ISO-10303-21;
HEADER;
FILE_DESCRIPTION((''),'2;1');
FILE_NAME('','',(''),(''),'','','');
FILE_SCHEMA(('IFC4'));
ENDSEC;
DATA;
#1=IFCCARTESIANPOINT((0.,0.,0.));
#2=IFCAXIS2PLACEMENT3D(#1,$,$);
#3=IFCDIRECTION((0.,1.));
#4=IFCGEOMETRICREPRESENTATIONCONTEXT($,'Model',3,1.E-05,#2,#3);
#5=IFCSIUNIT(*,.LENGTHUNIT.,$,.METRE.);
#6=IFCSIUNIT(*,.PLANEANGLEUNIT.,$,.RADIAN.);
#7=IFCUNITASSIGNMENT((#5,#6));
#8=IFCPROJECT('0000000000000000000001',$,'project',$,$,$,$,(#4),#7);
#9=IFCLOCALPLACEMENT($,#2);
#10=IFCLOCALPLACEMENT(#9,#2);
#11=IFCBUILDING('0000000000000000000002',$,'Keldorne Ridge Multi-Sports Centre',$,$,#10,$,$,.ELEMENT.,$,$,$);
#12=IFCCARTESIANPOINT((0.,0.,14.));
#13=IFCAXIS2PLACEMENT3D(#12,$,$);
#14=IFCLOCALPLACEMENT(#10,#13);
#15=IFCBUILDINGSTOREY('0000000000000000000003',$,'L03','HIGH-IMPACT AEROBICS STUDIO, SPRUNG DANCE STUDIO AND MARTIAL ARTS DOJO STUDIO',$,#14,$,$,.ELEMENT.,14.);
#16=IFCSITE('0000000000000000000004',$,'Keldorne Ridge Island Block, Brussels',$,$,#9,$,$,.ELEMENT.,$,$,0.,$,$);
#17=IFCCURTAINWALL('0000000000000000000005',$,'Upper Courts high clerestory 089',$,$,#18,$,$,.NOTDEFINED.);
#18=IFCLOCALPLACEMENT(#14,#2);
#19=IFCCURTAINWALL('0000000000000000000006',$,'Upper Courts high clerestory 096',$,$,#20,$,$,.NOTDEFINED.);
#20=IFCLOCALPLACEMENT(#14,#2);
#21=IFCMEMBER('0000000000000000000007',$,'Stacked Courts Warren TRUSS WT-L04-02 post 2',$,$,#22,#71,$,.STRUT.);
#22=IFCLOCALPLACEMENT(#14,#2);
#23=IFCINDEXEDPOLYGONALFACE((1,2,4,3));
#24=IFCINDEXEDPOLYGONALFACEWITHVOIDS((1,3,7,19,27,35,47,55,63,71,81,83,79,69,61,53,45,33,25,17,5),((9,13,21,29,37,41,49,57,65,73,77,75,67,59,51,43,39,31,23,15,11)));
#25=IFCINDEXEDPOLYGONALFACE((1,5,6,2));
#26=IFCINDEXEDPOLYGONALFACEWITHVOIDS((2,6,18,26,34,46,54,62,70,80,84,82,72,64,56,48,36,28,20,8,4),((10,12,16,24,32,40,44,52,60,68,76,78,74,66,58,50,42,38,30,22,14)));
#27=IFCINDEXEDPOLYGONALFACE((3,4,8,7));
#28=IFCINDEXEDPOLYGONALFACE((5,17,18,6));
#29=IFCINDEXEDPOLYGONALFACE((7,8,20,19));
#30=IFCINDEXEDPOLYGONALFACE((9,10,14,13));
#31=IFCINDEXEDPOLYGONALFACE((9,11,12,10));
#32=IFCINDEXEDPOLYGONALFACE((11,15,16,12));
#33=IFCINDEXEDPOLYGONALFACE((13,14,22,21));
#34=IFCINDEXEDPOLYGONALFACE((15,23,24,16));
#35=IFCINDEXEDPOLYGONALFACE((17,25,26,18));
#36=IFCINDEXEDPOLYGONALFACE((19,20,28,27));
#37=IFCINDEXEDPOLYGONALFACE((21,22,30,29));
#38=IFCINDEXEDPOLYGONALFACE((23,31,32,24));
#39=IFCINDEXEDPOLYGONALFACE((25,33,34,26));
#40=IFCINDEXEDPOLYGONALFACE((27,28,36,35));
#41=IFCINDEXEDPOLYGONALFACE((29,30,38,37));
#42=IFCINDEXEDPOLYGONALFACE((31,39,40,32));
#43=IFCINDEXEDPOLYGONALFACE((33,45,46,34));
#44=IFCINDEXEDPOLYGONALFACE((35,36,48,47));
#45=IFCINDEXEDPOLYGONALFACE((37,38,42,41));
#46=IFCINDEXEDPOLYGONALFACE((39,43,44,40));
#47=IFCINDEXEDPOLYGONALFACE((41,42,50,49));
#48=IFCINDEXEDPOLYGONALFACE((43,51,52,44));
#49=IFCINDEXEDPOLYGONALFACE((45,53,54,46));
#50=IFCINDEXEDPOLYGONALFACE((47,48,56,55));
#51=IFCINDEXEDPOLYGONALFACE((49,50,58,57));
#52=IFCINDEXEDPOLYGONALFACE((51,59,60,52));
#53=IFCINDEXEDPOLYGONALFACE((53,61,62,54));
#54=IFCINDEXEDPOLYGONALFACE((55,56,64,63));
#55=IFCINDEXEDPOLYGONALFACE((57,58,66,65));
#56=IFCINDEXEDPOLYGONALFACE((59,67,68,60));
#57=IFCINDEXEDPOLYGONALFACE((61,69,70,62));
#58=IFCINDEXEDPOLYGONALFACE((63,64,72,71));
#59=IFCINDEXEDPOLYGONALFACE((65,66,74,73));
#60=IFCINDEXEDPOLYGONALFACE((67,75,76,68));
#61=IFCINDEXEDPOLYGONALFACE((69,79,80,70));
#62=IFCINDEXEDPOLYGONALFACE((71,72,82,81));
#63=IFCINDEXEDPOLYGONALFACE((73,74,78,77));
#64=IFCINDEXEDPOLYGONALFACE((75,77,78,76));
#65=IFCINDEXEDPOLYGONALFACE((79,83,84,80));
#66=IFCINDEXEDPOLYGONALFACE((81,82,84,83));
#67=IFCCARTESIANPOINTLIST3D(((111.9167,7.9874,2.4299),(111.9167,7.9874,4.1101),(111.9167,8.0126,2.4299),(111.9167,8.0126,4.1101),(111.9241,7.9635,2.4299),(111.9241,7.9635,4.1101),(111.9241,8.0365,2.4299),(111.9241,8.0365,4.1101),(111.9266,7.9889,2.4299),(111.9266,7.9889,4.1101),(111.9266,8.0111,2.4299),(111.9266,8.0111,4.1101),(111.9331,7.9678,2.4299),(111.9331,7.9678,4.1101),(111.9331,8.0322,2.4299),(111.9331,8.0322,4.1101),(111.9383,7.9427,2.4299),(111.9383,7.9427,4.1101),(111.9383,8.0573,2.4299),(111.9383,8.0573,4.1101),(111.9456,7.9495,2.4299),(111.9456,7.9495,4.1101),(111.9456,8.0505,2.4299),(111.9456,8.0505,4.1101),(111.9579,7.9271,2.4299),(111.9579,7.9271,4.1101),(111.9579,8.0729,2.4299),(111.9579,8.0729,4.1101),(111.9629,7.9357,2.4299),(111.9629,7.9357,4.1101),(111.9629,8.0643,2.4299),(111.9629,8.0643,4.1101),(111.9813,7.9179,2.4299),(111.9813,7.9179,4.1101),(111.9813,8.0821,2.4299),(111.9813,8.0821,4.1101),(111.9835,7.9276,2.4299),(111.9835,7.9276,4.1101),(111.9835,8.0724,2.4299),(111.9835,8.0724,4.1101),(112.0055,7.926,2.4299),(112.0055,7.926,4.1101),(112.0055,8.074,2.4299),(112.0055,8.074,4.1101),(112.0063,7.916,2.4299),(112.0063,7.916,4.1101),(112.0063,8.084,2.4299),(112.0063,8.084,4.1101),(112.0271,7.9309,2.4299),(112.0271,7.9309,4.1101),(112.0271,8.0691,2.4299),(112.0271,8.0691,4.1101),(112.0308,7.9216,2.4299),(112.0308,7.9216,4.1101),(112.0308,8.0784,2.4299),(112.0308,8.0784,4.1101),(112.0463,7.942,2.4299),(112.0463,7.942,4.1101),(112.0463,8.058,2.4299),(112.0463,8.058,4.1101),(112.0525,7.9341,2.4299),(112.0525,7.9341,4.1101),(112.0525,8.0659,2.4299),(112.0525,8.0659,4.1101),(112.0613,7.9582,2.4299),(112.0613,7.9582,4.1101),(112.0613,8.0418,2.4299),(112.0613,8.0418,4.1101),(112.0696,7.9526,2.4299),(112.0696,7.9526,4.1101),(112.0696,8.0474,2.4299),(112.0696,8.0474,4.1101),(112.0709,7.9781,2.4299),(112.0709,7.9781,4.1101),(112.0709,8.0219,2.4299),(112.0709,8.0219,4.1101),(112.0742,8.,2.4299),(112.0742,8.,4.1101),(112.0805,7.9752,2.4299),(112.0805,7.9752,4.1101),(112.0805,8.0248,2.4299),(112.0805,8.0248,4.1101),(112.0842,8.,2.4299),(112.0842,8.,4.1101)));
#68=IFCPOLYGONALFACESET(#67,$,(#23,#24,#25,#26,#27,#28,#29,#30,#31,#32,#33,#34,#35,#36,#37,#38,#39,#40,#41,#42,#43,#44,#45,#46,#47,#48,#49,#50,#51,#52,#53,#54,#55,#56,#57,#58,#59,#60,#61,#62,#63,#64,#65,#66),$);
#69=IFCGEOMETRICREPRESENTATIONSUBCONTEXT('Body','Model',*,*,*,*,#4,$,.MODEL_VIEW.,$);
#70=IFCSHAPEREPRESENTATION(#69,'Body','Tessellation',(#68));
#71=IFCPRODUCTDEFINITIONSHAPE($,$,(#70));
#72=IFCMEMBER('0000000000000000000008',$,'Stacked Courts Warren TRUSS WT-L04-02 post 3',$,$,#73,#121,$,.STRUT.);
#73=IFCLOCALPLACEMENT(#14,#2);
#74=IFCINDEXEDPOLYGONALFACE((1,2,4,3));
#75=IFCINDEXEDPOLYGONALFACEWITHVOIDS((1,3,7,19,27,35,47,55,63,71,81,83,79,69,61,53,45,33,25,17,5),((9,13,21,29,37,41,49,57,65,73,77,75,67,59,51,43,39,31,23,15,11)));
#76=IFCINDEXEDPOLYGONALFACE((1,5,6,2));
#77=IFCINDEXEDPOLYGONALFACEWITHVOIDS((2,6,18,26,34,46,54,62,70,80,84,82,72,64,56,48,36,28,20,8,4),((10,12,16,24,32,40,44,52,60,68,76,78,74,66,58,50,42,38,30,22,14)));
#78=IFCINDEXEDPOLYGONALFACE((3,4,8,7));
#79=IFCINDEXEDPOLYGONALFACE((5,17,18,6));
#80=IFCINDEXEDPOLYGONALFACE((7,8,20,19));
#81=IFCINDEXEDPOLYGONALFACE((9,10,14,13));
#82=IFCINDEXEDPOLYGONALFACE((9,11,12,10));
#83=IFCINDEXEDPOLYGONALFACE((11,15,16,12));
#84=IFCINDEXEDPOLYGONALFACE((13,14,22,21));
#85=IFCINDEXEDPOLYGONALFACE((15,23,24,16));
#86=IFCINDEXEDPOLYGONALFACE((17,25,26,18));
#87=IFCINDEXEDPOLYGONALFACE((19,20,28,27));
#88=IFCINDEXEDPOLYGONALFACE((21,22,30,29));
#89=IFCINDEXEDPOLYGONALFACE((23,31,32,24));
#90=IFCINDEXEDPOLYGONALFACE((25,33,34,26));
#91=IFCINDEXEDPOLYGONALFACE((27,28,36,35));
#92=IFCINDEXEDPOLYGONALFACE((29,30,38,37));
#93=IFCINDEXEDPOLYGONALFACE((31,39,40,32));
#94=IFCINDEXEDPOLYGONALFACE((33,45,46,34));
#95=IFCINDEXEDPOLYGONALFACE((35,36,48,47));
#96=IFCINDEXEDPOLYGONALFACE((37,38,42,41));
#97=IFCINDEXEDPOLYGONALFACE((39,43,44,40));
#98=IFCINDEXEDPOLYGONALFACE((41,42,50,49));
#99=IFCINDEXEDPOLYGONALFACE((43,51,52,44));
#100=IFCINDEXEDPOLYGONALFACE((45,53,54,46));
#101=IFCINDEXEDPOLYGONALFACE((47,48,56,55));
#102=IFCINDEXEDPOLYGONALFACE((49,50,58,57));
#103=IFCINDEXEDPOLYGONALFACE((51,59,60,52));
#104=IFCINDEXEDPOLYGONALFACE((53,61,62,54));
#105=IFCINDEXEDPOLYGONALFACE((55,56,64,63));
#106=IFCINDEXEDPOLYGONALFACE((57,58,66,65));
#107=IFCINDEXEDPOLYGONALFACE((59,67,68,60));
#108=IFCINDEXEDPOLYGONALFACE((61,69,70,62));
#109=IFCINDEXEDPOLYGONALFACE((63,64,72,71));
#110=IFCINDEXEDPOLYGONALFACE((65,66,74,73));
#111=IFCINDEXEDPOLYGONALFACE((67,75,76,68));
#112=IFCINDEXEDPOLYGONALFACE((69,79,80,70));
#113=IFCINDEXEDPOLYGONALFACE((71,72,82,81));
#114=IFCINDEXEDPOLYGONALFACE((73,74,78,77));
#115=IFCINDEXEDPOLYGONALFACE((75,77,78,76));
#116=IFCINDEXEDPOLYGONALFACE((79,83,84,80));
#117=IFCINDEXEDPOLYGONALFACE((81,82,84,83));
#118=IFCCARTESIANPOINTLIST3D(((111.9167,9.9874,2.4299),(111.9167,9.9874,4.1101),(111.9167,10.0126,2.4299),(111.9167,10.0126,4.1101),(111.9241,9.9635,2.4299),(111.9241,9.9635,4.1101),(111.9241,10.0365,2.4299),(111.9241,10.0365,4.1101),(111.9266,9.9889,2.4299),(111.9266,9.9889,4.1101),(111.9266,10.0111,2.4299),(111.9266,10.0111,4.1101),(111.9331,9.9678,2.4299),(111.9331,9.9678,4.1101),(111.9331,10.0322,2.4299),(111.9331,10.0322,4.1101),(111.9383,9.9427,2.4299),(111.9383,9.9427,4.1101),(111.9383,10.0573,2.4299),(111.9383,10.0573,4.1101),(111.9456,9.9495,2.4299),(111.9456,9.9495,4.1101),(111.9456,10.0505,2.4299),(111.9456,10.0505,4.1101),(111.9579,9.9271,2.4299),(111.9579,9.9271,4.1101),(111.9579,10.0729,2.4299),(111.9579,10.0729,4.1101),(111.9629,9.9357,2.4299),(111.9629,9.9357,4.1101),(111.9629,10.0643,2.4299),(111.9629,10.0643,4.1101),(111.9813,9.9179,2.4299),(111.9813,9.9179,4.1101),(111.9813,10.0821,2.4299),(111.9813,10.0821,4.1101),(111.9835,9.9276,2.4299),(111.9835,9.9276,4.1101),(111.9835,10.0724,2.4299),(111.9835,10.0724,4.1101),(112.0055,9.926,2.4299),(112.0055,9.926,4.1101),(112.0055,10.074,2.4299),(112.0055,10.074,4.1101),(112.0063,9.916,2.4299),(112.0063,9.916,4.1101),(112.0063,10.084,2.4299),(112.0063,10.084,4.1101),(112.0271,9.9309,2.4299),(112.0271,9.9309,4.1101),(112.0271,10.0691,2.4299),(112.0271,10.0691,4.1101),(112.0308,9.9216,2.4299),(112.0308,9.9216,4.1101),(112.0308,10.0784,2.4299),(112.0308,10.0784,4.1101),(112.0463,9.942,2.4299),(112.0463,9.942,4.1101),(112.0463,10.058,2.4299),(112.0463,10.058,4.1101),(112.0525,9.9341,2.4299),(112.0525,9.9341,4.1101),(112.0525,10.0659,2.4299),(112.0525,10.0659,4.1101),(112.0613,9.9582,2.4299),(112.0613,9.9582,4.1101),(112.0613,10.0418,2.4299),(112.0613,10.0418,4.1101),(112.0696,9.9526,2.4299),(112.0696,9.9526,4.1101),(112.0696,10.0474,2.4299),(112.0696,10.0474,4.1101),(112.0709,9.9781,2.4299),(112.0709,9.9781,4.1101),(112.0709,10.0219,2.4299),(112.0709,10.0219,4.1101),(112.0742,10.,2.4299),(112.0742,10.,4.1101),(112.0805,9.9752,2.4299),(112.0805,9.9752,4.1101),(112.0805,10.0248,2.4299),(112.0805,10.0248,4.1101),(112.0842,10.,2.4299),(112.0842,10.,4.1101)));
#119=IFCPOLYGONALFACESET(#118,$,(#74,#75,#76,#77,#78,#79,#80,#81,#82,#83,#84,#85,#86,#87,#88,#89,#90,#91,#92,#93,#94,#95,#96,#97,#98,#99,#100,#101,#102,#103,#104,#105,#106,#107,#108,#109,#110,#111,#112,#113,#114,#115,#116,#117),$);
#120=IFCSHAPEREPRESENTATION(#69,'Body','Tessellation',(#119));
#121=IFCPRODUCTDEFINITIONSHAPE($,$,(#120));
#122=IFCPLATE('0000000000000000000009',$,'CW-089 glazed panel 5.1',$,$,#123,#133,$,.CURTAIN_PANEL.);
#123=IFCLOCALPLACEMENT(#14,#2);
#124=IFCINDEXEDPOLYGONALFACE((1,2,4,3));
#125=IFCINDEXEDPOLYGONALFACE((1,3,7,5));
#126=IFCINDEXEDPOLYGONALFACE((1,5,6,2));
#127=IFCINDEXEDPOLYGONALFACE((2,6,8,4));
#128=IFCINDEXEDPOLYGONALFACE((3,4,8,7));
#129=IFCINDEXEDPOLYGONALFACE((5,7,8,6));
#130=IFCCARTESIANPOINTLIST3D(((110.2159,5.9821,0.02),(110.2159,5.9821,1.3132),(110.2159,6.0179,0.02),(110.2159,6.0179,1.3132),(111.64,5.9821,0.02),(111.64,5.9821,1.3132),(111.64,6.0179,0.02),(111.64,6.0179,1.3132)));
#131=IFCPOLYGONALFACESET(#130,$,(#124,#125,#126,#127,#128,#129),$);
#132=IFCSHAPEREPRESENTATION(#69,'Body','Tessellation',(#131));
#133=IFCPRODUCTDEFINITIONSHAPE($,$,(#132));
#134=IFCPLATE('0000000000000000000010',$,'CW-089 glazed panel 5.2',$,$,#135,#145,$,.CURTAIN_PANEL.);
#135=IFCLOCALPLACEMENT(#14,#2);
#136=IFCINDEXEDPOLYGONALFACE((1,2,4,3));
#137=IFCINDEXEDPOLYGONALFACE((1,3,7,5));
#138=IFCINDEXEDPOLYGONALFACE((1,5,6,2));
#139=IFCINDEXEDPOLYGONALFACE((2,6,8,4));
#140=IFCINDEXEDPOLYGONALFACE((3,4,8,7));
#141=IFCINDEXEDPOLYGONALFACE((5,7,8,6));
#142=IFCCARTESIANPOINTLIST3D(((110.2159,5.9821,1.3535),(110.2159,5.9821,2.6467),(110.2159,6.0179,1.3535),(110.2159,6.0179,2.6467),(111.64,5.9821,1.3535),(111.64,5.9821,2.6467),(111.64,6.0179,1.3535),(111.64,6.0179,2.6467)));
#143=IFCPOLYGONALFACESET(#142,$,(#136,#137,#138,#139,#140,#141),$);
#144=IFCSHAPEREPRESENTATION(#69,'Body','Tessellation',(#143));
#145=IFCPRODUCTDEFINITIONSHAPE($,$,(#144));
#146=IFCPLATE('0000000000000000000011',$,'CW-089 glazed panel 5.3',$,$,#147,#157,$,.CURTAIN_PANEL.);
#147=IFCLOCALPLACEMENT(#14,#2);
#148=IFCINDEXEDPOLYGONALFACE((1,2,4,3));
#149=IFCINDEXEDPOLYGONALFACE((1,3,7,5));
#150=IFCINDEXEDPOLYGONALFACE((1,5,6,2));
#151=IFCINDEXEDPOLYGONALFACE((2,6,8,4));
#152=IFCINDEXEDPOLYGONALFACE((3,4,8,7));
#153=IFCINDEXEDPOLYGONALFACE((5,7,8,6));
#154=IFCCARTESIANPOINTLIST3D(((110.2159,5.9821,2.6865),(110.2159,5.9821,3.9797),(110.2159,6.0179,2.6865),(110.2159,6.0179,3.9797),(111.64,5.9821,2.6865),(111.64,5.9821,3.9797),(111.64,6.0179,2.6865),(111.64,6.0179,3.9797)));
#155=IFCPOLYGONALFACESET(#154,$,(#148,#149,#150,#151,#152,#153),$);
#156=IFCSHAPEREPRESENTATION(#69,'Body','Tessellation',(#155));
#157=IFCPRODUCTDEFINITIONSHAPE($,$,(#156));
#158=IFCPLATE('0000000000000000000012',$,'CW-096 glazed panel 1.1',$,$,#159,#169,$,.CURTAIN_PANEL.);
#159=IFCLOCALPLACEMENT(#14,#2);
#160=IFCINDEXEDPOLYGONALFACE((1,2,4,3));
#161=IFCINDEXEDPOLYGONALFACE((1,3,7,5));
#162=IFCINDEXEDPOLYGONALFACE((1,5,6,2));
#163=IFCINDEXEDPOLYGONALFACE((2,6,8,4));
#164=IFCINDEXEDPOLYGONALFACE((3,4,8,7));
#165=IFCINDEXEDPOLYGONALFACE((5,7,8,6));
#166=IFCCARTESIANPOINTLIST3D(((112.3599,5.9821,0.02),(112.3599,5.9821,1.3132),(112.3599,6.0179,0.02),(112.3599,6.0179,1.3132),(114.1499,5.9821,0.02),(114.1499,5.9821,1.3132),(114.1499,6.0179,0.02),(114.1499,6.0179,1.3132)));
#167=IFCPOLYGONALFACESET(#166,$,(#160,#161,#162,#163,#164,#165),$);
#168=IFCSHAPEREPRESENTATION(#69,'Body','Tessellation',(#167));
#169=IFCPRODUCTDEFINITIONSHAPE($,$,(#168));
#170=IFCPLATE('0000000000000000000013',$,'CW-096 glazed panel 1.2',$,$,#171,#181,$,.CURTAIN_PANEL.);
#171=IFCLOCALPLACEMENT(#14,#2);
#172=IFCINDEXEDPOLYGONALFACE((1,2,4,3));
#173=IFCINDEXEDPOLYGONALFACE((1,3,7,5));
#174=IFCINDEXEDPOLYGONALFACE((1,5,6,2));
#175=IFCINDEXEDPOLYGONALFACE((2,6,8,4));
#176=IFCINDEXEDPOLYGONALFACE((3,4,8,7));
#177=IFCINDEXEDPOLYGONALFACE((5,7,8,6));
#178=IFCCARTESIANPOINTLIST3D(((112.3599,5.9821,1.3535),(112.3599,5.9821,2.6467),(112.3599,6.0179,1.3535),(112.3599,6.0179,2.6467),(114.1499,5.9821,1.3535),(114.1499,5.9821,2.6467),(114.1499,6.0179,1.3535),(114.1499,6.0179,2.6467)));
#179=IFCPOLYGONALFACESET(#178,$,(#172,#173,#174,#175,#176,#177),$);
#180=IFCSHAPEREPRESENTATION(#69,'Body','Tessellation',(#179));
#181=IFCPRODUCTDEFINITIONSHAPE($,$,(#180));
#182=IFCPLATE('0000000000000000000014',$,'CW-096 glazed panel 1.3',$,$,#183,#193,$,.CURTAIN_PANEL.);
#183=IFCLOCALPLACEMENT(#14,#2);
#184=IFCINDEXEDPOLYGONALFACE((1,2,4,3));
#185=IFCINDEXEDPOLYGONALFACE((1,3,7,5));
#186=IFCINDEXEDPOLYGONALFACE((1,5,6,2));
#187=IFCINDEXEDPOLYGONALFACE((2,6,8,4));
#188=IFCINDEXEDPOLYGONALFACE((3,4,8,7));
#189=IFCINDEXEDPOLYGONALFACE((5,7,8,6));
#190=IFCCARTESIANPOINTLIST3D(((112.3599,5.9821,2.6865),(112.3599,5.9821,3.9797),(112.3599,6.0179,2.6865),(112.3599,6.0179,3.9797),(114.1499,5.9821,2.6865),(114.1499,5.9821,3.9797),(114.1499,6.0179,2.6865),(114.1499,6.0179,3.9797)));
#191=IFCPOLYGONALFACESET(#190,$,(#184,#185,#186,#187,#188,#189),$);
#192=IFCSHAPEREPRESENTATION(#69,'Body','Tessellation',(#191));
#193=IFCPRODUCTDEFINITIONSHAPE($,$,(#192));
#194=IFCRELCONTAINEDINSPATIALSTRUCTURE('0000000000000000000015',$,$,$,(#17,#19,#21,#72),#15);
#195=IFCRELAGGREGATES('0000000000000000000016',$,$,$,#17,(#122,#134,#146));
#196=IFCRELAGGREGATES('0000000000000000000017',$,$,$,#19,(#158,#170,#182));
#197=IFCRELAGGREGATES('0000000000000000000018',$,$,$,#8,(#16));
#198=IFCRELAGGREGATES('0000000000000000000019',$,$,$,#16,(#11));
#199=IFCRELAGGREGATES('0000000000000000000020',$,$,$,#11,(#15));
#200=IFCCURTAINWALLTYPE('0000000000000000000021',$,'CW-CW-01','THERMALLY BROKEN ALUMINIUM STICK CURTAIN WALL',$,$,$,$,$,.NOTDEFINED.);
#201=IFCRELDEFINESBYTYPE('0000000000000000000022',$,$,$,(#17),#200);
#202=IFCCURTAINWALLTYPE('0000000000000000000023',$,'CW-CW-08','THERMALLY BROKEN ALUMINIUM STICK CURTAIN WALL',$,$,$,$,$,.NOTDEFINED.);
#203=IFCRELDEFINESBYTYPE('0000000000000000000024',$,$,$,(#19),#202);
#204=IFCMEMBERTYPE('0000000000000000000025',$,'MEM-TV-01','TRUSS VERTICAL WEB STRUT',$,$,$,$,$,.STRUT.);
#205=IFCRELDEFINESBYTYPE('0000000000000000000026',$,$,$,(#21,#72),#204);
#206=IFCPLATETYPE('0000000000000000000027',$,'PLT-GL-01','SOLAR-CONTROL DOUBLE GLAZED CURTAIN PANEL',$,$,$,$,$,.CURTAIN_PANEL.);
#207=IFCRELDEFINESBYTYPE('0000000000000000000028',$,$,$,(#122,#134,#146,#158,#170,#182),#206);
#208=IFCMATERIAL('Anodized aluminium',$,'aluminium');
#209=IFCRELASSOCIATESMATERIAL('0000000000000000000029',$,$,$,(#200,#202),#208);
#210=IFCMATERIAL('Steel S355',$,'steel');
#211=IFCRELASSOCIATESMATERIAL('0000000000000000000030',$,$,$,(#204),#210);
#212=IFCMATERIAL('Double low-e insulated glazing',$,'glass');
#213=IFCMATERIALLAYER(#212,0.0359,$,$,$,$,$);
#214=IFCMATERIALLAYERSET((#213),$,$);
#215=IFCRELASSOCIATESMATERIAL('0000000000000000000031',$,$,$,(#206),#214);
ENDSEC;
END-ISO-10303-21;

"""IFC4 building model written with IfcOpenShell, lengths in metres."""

from ifc_helpers import new_model, si_unit, direction, frame, origin, origin_2d, place, context, subcontext, project, spatial, rectangle, hollow_circle, extrude, material, layer, layer_set, material_profile, profile_set, type_object, element, aggregate, save


model = new_model("IFC4")

# Units and contexts
model_context = context("Model", 3, precision=1e-05, world=origin(), true_north=direction((0.0, 1.0)))
body_context = subcontext(model_context, "Body", "Model", "MODEL_VIEW")
ifc_project = project(units=[si_unit("LENGTHUNIT", "METRE"), si_unit("PLANEANGLEUNIT", "RADIAN")], contexts=[model_context])

# Site, building, storey
site_placement = place(None, origin())
site = spatial("IfcSite", under=ifc_project, at=site_placement, Name="Keldorne Ridge Island Block, Brussels", CompositionType="ELEMENT", RefElevation=0.0)
building_placement = place(site_placement, origin())
building = spatial("IfcBuilding", under=site, at=building_placement, Name="Keldorne Ridge Multi-Sports Centre", CompositionType="ELEMENT")
storey_placement = place(building_placement, frame((0.0, 0.0, 14.0)))
storey = spatial("IfcBuildingStorey", under=building, at=storey_placement, Name="L03", Description="HIGH-IMPACT AEROBICS STUDIO, SPRUNG DANCE STUDIO AND MARTIAL ARTS DOJO STUDIO", CompositionType="ELEMENT", Elevation=14.0)

# Shared definitions
ifc_material_1 = material(Name="Steel S355", Category="steel")

# Curtain wall
ifc_material_2 = material(Name="Anodized aluminium", Category="aluminium")
curtain_wall_type_1 = type_object("IfcCurtainWallType", Name="CW-CW-01", Description="THERMALLY BROKEN ALUMINIUM STICK CURTAIN WALL", PredefinedType="NOTDEFINED", material=ifc_material_2)
curtain_wall_1_placement = place(storey_placement, origin())
curtain_wall_1 = element("IfcCurtainWall", 1, at=curtain_wall_1_placement, inside=storey, type_object=curtain_wall_type_1, Name="Upper Courts high clerestory 089", PredefinedType="NOTDEFINED")

# Curtain wall
curtain_wall_type_2 = type_object("IfcCurtainWallType", Name="CW-CW-08", Description="THERMALLY BROKEN ALUMINIUM STICK CURTAIN WALL", PredefinedType="NOTDEFINED", material=ifc_material_2)
curtain_wall_2_placement = place(storey_placement, origin())
curtain_wall_2 = element("IfcCurtainWall", 2, at=curtain_wall_2_placement, inside=storey, type_object=curtain_wall_type_2, Name="Upper Courts high clerestory 096", PredefinedType="NOTDEFINED")

# Members
ifc_material_profile_1 = material_profile(ifc_material_1, hollow_circle(Radius=0.0842, WallThickness=0.01, at=origin_2d()), Name="CHS 168.3x10")
ifc_profile_set_1 = profile_set([ifc_material_profile_1], Name="Steel S355")
member_type_1 = type_object("IfcMemberType", Name="MEM-TV-01", Description="TRUSS VERTICAL WEB STRUT", PredefinedType="STRUT", material=ifc_profile_set_1)
for number, where, z_axis, x_axis, name in (
    (3, (112.0, 8.0, 2.4299), (0.0, 0.0, 1.0), (1.0, 0.0, 0.0), "Stacked Courts Warren TRUSS WT-L04-02 post 2"),
    (4, (112.0, 10.0, 2.4299), (0.0, 0.0, 1.0), (1.0, 0.0, 0.0), "Stacked Courts Warren TRUSS WT-L04-02 post 3"),
):
    element("IfcMember", number, at=place(storey_placement, frame(where, z_axis=z_axis, x_axis=x_axis)), inside=storey, type_object=member_type_1, Name=name, PredefinedType="STRUT", context=body_context, shape_type="SweptSolid", body=[
        extrude(hollow_circle(Radius=0.0842, WallThickness=0.01, at=origin_2d()), origin(), (0.0, 0.0, 1.0), 1.6802),
    ])

# Plates
ifc_material_3 = material(Name="Double low-e insulated glazing", Category="glass")
ifc_layer = layer(ifc_material_3, 0.0359)
ifc_layer_set = layer_set([ifc_layer])
plate_type = type_object("IfcPlateType", Name="PLT-GL-01", Description="SOLAR-CONTROL DOUBLE GLAZED CURTAIN PANEL", PredefinedType="CURTAIN_PANEL", material=ifc_layer_set)
plate_1_placement = place(storey_placement, frame((110.928, 6.0, 0.02), z_axis=(0.0, 0.0, 1.0), x_axis=(1.0, 0.0, 0.0)))
plate_1 = element("IfcPlate", 5, at=plate_1_placement, type_object=plate_type, Name="CW-089 glazed panel 5.1", PredefinedType="CURTAIN_PANEL", context=body_context, shape_type="SweptSolid", body=[
    extrude(rectangle(XDim=1.4241, YDim=0.0359, at=origin_2d()), origin(), (0.0, 0.0, 1.0), 1.2932),
])
plate_2_placement = place(storey_placement, frame((110.928, 6.0, 1.3535), z_axis=(0.0, 0.0, 1.0), x_axis=(1.0, 0.0, 0.0)))
plate_2 = element("IfcPlate", 6, at=plate_2_placement, type_object=plate_type, Name="CW-089 glazed panel 5.2", PredefinedType="CURTAIN_PANEL", context=body_context, shape_type="SweptSolid", body=[
    extrude(rectangle(XDim=1.4241, YDim=0.0359, at=origin_2d()), origin(), (0.0, 0.0, 1.0), 1.2932),
])
plate_3_placement = place(storey_placement, frame((110.928, 6.0, 2.6865), z_axis=(0.0, 0.0, 1.0), x_axis=(1.0, 0.0, 0.0)))
plate_3 = element("IfcPlate", 7, at=plate_3_placement, type_object=plate_type, Name="CW-089 glazed panel 5.3", PredefinedType="CURTAIN_PANEL", context=body_context, shape_type="SweptSolid", body=[
    extrude(rectangle(XDim=1.4241, YDim=0.0359, at=origin_2d()), origin(), (0.0, 0.0, 1.0), 1.2932),
])
aggregate(curtain_wall_1, [plate_1, plate_2, plate_3])
plate_4_placement = place(storey_placement, frame((113.2549, 6.0, 0.02), z_axis=(0.0, 0.0, 1.0), x_axis=(1.0, 0.0, 0.0)))
plate_4 = element("IfcPlate", 8, at=plate_4_placement, type_object=plate_type, Name="CW-096 glazed panel 1.1", PredefinedType="CURTAIN_PANEL", context=body_context, shape_type="SweptSolid", body=[
    extrude(rectangle(XDim=1.79, YDim=0.0359, at=origin_2d()), origin(), (0.0, 0.0, 1.0), 1.2932),
])
plate_5_placement = place(storey_placement, frame((113.2549, 6.0, 1.3535), z_axis=(0.0, 0.0, 1.0), x_axis=(1.0, 0.0, 0.0)))
plate_5 = element("IfcPlate", 9, at=plate_5_placement, type_object=plate_type, Name="CW-096 glazed panel 1.2", PredefinedType="CURTAIN_PANEL", context=body_context, shape_type="SweptSolid", body=[
    extrude(rectangle(XDim=1.79, YDim=0.0359, at=origin_2d()), origin(), (0.0, 0.0, 1.0), 1.2932),
])
plate_6_placement = place(storey_placement, frame((113.2549, 6.0, 2.6865), z_axis=(0.0, 0.0, 1.0), x_axis=(1.0, 0.0, 0.0)))
plate_6 = element("IfcPlate", 10, at=plate_6_placement, type_object=plate_type, Name="CW-096 glazed panel 1.3", PredefinedType="CURTAIN_PANEL", context=body_context, shape_type="SweptSolid", body=[
    extrude(rectangle(XDim=1.79, YDim=0.0359, at=origin_2d()), origin(), (0.0, 0.0, 1.0), 1.2932),
])
aggregate(curtain_wall_2, [plate_4, plate_5, plate_6])

save(model, "model.ifc")
